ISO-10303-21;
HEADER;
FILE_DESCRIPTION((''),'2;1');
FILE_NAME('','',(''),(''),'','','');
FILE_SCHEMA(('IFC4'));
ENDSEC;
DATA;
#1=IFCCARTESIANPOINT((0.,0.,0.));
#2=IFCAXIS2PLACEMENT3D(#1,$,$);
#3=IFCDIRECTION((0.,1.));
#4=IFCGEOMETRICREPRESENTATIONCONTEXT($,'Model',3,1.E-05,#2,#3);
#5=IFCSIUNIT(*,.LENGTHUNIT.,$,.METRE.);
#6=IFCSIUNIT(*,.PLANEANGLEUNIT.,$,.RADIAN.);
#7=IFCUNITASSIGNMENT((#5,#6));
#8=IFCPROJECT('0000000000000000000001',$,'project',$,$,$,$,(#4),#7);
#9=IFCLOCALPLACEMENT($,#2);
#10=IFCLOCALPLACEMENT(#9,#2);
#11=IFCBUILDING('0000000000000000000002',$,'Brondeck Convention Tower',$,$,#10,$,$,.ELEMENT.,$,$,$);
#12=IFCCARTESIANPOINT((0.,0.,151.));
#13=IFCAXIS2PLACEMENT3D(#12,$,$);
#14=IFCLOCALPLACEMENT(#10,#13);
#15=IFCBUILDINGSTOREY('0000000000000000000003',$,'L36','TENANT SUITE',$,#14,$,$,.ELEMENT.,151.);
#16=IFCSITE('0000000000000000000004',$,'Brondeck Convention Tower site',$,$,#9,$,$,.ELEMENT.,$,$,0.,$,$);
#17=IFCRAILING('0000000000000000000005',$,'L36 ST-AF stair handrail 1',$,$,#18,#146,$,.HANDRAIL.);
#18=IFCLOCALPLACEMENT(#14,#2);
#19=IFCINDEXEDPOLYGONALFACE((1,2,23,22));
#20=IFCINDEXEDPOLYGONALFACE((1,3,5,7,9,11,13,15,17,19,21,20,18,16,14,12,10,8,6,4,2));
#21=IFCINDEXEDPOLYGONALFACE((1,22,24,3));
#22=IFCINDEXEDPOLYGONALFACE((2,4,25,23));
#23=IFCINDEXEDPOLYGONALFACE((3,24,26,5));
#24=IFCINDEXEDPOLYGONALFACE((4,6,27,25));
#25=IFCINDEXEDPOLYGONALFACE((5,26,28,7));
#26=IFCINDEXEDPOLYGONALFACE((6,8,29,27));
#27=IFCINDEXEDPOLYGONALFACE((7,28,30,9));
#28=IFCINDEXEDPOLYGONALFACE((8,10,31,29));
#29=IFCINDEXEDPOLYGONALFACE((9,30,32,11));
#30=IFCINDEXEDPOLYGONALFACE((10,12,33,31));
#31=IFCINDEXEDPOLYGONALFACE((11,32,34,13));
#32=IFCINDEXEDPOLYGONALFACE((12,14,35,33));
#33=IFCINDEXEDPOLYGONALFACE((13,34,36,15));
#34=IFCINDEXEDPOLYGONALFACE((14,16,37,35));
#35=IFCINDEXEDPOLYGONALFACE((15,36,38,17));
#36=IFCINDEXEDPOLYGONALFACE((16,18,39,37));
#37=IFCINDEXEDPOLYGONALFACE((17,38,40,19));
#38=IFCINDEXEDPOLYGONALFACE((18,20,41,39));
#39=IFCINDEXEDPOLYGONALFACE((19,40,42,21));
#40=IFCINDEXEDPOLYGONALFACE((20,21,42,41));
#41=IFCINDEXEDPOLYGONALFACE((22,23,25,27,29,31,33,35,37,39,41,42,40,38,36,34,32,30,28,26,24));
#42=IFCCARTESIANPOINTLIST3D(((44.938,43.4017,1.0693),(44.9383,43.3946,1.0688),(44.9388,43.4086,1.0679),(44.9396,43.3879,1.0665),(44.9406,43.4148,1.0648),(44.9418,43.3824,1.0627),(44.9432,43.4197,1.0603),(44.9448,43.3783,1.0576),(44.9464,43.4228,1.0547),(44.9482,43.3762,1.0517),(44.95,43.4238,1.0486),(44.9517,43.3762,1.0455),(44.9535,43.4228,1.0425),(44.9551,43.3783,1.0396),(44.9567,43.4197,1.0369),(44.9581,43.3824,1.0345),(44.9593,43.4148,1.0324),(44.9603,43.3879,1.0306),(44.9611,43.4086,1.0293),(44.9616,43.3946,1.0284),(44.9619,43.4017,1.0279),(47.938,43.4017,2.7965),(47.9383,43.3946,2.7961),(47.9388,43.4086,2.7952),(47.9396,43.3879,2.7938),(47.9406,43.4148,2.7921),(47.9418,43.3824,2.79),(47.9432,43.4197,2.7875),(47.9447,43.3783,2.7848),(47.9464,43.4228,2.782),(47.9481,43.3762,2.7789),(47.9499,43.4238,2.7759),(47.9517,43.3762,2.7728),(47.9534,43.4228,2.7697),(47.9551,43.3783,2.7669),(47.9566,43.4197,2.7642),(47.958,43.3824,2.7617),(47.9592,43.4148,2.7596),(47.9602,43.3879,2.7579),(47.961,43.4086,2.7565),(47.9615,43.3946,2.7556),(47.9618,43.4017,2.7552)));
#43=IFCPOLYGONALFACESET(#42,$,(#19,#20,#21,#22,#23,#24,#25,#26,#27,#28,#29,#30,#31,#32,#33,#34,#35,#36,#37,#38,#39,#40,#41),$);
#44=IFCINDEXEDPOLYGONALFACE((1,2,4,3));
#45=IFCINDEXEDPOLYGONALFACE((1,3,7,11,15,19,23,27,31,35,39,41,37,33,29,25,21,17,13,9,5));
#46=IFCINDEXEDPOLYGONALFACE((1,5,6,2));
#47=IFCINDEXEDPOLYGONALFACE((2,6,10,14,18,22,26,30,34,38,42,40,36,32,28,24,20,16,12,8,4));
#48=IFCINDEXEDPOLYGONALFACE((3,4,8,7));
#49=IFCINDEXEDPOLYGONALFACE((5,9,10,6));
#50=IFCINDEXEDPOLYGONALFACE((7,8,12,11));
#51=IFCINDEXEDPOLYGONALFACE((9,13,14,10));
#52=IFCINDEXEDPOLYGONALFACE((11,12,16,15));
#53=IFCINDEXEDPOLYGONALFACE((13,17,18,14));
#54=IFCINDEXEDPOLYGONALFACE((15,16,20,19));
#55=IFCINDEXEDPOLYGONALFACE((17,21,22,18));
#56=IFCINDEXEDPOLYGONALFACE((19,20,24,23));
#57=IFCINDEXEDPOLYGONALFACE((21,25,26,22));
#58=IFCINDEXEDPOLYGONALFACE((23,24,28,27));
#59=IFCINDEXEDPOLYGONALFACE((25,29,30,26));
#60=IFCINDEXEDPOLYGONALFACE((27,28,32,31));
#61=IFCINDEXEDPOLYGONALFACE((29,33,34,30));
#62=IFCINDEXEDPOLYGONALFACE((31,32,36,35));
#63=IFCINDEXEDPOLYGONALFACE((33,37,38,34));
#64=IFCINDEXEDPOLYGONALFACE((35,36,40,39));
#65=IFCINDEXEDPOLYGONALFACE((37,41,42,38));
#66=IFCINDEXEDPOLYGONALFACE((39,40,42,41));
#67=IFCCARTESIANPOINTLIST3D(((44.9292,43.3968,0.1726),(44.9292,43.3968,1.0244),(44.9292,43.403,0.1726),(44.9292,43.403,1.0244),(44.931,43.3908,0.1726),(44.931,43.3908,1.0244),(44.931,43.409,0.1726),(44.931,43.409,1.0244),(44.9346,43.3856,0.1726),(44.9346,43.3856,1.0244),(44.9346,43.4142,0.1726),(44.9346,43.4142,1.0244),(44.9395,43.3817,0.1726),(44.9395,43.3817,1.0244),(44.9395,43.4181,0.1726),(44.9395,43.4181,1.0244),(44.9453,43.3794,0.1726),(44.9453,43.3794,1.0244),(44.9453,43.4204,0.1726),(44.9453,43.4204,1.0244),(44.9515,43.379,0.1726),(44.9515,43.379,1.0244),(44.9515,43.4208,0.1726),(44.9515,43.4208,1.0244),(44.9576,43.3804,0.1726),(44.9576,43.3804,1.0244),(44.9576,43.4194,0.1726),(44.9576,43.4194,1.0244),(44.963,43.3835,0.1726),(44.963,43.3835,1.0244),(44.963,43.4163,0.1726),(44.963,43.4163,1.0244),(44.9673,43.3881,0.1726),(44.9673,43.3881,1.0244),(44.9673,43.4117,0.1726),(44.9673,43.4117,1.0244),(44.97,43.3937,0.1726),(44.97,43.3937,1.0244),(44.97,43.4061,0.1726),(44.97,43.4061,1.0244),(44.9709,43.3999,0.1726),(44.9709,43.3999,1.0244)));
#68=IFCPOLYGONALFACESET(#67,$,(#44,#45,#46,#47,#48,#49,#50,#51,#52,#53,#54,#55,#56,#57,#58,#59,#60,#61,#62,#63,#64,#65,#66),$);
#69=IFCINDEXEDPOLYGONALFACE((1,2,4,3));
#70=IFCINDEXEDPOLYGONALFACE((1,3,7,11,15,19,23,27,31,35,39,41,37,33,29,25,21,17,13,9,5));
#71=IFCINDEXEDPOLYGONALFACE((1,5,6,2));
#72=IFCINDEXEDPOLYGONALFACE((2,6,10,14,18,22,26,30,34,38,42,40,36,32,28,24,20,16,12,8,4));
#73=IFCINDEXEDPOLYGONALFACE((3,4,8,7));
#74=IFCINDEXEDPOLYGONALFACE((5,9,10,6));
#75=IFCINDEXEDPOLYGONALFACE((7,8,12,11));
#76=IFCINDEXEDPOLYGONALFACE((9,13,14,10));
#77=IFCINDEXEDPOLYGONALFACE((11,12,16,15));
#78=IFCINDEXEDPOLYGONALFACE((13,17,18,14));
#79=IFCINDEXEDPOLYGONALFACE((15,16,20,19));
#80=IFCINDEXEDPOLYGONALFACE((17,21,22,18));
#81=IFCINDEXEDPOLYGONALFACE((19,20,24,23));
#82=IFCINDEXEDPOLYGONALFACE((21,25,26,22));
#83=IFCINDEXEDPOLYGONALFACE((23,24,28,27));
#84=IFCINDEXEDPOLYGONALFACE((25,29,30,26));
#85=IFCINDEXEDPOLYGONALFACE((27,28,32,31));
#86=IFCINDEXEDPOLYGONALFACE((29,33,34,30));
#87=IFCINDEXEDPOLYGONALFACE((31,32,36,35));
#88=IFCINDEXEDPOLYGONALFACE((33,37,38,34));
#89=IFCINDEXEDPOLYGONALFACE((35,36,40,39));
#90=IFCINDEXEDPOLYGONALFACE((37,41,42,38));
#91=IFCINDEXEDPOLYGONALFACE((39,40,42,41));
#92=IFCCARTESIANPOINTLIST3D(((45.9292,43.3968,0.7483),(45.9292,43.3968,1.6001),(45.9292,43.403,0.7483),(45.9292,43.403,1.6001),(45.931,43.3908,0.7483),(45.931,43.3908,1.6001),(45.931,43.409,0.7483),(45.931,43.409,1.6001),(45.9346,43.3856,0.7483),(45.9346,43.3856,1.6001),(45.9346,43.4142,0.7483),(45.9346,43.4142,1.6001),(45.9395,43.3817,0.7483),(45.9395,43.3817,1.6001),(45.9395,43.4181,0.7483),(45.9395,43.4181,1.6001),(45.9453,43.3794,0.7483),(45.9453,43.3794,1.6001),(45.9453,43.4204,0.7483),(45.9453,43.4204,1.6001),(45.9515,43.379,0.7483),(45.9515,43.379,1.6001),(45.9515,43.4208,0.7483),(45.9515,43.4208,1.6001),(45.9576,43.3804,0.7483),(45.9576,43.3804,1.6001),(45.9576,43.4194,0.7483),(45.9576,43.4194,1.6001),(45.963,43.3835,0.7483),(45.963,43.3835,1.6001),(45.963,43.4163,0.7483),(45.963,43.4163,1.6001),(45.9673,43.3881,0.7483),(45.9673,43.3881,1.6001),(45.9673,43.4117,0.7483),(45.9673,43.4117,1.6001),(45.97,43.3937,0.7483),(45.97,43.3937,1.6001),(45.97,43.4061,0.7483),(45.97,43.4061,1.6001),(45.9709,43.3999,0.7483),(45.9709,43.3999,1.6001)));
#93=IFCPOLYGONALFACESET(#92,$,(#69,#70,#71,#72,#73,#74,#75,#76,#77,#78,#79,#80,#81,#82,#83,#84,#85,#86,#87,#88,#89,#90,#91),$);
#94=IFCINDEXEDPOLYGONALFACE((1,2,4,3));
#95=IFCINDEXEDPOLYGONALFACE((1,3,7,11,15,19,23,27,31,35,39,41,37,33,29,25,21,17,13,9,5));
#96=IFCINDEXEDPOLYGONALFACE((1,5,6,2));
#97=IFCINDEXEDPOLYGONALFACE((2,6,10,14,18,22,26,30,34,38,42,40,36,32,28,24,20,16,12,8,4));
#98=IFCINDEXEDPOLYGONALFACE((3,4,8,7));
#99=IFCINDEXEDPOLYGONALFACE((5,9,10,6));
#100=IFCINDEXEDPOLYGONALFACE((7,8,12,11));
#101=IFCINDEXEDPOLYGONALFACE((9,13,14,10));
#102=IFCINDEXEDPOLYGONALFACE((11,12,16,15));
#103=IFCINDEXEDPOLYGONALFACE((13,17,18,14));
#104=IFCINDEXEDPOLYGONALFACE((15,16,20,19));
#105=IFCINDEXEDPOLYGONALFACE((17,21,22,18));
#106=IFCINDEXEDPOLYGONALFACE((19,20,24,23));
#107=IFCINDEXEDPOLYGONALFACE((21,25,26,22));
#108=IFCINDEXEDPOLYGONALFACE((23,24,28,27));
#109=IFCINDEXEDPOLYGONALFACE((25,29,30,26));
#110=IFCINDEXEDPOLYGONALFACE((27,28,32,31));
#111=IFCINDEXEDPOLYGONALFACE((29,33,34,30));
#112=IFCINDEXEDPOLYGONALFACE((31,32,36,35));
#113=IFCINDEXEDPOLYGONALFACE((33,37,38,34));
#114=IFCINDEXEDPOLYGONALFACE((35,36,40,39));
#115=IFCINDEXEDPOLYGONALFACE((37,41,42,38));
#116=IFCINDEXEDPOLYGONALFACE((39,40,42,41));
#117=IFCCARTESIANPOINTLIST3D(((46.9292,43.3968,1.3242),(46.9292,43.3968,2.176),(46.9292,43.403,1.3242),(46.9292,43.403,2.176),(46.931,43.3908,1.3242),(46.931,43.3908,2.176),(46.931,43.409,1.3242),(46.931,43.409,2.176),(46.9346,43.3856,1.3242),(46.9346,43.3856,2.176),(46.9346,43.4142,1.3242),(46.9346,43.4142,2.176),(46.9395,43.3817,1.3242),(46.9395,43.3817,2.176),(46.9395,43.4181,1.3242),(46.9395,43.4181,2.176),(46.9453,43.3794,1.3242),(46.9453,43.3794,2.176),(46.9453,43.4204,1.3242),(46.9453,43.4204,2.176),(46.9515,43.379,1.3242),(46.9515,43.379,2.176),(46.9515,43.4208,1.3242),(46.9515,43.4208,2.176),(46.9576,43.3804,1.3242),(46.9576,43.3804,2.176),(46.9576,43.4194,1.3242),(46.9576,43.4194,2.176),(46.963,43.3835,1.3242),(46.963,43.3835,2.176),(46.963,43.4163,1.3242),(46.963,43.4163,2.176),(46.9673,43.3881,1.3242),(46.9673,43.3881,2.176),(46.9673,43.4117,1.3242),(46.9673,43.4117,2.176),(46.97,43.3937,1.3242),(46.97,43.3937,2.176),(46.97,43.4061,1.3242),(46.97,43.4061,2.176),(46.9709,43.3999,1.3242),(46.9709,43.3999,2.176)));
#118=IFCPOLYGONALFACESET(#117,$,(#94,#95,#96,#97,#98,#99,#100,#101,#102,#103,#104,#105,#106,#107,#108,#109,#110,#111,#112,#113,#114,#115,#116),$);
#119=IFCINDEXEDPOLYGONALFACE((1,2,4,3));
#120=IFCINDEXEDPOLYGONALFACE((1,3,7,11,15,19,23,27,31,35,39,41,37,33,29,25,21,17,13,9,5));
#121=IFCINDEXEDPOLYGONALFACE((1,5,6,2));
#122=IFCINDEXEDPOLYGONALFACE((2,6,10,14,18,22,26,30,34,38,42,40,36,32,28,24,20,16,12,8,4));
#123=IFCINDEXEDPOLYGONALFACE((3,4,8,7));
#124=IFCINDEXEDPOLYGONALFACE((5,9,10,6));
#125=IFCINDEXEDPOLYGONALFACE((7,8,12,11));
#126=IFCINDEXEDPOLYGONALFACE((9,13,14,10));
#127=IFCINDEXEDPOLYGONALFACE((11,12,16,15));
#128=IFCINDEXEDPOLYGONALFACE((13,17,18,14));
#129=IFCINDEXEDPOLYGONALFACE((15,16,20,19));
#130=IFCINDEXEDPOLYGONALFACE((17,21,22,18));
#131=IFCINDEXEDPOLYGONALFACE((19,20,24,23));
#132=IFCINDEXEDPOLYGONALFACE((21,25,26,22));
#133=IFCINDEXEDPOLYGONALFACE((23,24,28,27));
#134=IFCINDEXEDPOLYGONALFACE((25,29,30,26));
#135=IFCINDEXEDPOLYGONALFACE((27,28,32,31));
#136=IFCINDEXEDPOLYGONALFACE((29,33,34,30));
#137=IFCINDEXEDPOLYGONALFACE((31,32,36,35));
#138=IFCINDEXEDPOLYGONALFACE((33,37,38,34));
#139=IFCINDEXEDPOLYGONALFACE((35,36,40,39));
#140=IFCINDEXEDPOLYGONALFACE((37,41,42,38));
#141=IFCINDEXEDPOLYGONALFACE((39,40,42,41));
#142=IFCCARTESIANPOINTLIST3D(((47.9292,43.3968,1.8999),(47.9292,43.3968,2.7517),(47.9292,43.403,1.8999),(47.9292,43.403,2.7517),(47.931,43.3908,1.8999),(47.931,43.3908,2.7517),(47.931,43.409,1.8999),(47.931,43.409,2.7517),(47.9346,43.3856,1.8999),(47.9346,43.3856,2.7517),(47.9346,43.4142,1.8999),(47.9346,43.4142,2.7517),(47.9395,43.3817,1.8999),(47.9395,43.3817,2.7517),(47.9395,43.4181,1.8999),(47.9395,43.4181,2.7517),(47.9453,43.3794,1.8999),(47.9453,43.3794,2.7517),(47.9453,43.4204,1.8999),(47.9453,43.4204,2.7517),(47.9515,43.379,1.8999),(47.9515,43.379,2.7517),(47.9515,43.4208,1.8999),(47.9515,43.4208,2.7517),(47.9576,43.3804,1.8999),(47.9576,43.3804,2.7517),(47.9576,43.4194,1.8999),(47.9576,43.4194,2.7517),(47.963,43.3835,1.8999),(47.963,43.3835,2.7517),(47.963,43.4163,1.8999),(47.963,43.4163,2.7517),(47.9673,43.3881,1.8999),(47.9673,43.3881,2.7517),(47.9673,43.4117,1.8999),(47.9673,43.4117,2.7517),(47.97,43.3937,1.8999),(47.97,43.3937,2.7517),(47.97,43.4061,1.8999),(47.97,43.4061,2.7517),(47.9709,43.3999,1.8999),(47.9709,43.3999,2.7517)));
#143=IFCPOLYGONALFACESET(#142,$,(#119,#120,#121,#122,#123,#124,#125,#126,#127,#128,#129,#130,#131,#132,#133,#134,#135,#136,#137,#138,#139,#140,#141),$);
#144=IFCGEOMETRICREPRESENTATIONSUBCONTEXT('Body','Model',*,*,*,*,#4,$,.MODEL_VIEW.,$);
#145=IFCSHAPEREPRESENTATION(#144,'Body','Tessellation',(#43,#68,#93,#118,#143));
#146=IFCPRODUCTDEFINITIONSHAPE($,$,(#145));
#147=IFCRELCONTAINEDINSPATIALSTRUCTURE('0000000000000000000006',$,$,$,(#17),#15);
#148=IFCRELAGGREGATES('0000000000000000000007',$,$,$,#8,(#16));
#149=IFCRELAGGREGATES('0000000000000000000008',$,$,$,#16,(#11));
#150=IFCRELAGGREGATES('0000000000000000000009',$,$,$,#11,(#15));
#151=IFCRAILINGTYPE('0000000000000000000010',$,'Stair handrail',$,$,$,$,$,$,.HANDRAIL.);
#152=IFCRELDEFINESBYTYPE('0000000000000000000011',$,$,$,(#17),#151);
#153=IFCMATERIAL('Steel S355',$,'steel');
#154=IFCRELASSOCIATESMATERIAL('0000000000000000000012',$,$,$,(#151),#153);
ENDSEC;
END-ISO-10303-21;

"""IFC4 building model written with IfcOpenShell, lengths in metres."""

from ifc_helpers import new_model, si_unit, direction, frame, origin, origin_2d, place, context, subcontext, project, spatial, circle, extrude, material, type_object, element, save


model = new_model("IFC4")

# Units and contexts
model_context = context("Model", 3, precision=1e-05, world=origin(), true_north=direction((0.0, 1.0)))
body_context = subcontext(model_context, "Body", "Model", "MODEL_VIEW")
ifc_project = project(units=[si_unit("LENGTHUNIT", "METRE"), si_unit("PLANEANGLEUNIT", "RADIAN")], contexts=[model_context])

# Site, building, storey
site_placement = place(None, origin())
site = spatial("IfcSite", under=ifc_project, at=site_placement, Name="Brondeck Convention Tower site", CompositionType="ELEMENT", RefElevation=0.0)
building_placement = place(site_placement, origin())
building = spatial("IfcBuilding", under=site, at=building_placement, Name="Brondeck Convention Tower", CompositionType="ELEMENT")
storey_placement = place(building_placement, frame((0.0, 0.0, 151.0)))
storey = spatial("IfcBuildingStorey", under=building, at=storey_placement, Name="L36", Description="TENANT SUITE", CompositionType="ELEMENT", Elevation=151.0)

# Shared definitions
ifc_material_1 = material(Name="Steel S355", Category="steel")

# Railing
railing_type_1 = type_object("IfcRailingType", Name="Stair handrail", PredefinedType="HANDRAIL", material=ifc_material_1)
railing_1_placement = place(storey_placement, frame((44.95, 43.3999, 0.1726)))
element("IfcRailing", 1, at=railing_1_placement, inside=storey, type_object=railing_type_1, Name="L36 ST-AF stair handrail 1", PredefinedType="HANDRAIL", context=body_context, shape_type="SweptSolid", body=[
    extrude(circle(Radius=0.0239, at=origin_2d()), frame((0.0, 0.0, 0.876), z_axis=(0.86662, 0.0, 0.498969), x_axis=(0.0, 1.0, 0.0)), (0.0, 0.0, 1.0), 3.4617),
    extrude(circle(Radius=0.021, at=origin_2d()), origin(), (0.0, 0.0, 1.0), 0.8518),
    extrude(circle(Radius=0.021, at=origin_2d()), frame((1.0, 0.0, 0.5757)), (0.0, 0.0, 1.0), 0.8518),
    extrude(circle(Radius=0.021, at=origin_2d()), frame((2.0, 0.0, 1.1516)), (0.0, 0.0, 1.0), 0.8518),
    extrude(circle(Radius=0.021, at=origin_2d()), frame((3.0, 0.0, 1.7273)), (0.0, 0.0, 1.0), 0.8518),
])

save(model, "model.ifc")
